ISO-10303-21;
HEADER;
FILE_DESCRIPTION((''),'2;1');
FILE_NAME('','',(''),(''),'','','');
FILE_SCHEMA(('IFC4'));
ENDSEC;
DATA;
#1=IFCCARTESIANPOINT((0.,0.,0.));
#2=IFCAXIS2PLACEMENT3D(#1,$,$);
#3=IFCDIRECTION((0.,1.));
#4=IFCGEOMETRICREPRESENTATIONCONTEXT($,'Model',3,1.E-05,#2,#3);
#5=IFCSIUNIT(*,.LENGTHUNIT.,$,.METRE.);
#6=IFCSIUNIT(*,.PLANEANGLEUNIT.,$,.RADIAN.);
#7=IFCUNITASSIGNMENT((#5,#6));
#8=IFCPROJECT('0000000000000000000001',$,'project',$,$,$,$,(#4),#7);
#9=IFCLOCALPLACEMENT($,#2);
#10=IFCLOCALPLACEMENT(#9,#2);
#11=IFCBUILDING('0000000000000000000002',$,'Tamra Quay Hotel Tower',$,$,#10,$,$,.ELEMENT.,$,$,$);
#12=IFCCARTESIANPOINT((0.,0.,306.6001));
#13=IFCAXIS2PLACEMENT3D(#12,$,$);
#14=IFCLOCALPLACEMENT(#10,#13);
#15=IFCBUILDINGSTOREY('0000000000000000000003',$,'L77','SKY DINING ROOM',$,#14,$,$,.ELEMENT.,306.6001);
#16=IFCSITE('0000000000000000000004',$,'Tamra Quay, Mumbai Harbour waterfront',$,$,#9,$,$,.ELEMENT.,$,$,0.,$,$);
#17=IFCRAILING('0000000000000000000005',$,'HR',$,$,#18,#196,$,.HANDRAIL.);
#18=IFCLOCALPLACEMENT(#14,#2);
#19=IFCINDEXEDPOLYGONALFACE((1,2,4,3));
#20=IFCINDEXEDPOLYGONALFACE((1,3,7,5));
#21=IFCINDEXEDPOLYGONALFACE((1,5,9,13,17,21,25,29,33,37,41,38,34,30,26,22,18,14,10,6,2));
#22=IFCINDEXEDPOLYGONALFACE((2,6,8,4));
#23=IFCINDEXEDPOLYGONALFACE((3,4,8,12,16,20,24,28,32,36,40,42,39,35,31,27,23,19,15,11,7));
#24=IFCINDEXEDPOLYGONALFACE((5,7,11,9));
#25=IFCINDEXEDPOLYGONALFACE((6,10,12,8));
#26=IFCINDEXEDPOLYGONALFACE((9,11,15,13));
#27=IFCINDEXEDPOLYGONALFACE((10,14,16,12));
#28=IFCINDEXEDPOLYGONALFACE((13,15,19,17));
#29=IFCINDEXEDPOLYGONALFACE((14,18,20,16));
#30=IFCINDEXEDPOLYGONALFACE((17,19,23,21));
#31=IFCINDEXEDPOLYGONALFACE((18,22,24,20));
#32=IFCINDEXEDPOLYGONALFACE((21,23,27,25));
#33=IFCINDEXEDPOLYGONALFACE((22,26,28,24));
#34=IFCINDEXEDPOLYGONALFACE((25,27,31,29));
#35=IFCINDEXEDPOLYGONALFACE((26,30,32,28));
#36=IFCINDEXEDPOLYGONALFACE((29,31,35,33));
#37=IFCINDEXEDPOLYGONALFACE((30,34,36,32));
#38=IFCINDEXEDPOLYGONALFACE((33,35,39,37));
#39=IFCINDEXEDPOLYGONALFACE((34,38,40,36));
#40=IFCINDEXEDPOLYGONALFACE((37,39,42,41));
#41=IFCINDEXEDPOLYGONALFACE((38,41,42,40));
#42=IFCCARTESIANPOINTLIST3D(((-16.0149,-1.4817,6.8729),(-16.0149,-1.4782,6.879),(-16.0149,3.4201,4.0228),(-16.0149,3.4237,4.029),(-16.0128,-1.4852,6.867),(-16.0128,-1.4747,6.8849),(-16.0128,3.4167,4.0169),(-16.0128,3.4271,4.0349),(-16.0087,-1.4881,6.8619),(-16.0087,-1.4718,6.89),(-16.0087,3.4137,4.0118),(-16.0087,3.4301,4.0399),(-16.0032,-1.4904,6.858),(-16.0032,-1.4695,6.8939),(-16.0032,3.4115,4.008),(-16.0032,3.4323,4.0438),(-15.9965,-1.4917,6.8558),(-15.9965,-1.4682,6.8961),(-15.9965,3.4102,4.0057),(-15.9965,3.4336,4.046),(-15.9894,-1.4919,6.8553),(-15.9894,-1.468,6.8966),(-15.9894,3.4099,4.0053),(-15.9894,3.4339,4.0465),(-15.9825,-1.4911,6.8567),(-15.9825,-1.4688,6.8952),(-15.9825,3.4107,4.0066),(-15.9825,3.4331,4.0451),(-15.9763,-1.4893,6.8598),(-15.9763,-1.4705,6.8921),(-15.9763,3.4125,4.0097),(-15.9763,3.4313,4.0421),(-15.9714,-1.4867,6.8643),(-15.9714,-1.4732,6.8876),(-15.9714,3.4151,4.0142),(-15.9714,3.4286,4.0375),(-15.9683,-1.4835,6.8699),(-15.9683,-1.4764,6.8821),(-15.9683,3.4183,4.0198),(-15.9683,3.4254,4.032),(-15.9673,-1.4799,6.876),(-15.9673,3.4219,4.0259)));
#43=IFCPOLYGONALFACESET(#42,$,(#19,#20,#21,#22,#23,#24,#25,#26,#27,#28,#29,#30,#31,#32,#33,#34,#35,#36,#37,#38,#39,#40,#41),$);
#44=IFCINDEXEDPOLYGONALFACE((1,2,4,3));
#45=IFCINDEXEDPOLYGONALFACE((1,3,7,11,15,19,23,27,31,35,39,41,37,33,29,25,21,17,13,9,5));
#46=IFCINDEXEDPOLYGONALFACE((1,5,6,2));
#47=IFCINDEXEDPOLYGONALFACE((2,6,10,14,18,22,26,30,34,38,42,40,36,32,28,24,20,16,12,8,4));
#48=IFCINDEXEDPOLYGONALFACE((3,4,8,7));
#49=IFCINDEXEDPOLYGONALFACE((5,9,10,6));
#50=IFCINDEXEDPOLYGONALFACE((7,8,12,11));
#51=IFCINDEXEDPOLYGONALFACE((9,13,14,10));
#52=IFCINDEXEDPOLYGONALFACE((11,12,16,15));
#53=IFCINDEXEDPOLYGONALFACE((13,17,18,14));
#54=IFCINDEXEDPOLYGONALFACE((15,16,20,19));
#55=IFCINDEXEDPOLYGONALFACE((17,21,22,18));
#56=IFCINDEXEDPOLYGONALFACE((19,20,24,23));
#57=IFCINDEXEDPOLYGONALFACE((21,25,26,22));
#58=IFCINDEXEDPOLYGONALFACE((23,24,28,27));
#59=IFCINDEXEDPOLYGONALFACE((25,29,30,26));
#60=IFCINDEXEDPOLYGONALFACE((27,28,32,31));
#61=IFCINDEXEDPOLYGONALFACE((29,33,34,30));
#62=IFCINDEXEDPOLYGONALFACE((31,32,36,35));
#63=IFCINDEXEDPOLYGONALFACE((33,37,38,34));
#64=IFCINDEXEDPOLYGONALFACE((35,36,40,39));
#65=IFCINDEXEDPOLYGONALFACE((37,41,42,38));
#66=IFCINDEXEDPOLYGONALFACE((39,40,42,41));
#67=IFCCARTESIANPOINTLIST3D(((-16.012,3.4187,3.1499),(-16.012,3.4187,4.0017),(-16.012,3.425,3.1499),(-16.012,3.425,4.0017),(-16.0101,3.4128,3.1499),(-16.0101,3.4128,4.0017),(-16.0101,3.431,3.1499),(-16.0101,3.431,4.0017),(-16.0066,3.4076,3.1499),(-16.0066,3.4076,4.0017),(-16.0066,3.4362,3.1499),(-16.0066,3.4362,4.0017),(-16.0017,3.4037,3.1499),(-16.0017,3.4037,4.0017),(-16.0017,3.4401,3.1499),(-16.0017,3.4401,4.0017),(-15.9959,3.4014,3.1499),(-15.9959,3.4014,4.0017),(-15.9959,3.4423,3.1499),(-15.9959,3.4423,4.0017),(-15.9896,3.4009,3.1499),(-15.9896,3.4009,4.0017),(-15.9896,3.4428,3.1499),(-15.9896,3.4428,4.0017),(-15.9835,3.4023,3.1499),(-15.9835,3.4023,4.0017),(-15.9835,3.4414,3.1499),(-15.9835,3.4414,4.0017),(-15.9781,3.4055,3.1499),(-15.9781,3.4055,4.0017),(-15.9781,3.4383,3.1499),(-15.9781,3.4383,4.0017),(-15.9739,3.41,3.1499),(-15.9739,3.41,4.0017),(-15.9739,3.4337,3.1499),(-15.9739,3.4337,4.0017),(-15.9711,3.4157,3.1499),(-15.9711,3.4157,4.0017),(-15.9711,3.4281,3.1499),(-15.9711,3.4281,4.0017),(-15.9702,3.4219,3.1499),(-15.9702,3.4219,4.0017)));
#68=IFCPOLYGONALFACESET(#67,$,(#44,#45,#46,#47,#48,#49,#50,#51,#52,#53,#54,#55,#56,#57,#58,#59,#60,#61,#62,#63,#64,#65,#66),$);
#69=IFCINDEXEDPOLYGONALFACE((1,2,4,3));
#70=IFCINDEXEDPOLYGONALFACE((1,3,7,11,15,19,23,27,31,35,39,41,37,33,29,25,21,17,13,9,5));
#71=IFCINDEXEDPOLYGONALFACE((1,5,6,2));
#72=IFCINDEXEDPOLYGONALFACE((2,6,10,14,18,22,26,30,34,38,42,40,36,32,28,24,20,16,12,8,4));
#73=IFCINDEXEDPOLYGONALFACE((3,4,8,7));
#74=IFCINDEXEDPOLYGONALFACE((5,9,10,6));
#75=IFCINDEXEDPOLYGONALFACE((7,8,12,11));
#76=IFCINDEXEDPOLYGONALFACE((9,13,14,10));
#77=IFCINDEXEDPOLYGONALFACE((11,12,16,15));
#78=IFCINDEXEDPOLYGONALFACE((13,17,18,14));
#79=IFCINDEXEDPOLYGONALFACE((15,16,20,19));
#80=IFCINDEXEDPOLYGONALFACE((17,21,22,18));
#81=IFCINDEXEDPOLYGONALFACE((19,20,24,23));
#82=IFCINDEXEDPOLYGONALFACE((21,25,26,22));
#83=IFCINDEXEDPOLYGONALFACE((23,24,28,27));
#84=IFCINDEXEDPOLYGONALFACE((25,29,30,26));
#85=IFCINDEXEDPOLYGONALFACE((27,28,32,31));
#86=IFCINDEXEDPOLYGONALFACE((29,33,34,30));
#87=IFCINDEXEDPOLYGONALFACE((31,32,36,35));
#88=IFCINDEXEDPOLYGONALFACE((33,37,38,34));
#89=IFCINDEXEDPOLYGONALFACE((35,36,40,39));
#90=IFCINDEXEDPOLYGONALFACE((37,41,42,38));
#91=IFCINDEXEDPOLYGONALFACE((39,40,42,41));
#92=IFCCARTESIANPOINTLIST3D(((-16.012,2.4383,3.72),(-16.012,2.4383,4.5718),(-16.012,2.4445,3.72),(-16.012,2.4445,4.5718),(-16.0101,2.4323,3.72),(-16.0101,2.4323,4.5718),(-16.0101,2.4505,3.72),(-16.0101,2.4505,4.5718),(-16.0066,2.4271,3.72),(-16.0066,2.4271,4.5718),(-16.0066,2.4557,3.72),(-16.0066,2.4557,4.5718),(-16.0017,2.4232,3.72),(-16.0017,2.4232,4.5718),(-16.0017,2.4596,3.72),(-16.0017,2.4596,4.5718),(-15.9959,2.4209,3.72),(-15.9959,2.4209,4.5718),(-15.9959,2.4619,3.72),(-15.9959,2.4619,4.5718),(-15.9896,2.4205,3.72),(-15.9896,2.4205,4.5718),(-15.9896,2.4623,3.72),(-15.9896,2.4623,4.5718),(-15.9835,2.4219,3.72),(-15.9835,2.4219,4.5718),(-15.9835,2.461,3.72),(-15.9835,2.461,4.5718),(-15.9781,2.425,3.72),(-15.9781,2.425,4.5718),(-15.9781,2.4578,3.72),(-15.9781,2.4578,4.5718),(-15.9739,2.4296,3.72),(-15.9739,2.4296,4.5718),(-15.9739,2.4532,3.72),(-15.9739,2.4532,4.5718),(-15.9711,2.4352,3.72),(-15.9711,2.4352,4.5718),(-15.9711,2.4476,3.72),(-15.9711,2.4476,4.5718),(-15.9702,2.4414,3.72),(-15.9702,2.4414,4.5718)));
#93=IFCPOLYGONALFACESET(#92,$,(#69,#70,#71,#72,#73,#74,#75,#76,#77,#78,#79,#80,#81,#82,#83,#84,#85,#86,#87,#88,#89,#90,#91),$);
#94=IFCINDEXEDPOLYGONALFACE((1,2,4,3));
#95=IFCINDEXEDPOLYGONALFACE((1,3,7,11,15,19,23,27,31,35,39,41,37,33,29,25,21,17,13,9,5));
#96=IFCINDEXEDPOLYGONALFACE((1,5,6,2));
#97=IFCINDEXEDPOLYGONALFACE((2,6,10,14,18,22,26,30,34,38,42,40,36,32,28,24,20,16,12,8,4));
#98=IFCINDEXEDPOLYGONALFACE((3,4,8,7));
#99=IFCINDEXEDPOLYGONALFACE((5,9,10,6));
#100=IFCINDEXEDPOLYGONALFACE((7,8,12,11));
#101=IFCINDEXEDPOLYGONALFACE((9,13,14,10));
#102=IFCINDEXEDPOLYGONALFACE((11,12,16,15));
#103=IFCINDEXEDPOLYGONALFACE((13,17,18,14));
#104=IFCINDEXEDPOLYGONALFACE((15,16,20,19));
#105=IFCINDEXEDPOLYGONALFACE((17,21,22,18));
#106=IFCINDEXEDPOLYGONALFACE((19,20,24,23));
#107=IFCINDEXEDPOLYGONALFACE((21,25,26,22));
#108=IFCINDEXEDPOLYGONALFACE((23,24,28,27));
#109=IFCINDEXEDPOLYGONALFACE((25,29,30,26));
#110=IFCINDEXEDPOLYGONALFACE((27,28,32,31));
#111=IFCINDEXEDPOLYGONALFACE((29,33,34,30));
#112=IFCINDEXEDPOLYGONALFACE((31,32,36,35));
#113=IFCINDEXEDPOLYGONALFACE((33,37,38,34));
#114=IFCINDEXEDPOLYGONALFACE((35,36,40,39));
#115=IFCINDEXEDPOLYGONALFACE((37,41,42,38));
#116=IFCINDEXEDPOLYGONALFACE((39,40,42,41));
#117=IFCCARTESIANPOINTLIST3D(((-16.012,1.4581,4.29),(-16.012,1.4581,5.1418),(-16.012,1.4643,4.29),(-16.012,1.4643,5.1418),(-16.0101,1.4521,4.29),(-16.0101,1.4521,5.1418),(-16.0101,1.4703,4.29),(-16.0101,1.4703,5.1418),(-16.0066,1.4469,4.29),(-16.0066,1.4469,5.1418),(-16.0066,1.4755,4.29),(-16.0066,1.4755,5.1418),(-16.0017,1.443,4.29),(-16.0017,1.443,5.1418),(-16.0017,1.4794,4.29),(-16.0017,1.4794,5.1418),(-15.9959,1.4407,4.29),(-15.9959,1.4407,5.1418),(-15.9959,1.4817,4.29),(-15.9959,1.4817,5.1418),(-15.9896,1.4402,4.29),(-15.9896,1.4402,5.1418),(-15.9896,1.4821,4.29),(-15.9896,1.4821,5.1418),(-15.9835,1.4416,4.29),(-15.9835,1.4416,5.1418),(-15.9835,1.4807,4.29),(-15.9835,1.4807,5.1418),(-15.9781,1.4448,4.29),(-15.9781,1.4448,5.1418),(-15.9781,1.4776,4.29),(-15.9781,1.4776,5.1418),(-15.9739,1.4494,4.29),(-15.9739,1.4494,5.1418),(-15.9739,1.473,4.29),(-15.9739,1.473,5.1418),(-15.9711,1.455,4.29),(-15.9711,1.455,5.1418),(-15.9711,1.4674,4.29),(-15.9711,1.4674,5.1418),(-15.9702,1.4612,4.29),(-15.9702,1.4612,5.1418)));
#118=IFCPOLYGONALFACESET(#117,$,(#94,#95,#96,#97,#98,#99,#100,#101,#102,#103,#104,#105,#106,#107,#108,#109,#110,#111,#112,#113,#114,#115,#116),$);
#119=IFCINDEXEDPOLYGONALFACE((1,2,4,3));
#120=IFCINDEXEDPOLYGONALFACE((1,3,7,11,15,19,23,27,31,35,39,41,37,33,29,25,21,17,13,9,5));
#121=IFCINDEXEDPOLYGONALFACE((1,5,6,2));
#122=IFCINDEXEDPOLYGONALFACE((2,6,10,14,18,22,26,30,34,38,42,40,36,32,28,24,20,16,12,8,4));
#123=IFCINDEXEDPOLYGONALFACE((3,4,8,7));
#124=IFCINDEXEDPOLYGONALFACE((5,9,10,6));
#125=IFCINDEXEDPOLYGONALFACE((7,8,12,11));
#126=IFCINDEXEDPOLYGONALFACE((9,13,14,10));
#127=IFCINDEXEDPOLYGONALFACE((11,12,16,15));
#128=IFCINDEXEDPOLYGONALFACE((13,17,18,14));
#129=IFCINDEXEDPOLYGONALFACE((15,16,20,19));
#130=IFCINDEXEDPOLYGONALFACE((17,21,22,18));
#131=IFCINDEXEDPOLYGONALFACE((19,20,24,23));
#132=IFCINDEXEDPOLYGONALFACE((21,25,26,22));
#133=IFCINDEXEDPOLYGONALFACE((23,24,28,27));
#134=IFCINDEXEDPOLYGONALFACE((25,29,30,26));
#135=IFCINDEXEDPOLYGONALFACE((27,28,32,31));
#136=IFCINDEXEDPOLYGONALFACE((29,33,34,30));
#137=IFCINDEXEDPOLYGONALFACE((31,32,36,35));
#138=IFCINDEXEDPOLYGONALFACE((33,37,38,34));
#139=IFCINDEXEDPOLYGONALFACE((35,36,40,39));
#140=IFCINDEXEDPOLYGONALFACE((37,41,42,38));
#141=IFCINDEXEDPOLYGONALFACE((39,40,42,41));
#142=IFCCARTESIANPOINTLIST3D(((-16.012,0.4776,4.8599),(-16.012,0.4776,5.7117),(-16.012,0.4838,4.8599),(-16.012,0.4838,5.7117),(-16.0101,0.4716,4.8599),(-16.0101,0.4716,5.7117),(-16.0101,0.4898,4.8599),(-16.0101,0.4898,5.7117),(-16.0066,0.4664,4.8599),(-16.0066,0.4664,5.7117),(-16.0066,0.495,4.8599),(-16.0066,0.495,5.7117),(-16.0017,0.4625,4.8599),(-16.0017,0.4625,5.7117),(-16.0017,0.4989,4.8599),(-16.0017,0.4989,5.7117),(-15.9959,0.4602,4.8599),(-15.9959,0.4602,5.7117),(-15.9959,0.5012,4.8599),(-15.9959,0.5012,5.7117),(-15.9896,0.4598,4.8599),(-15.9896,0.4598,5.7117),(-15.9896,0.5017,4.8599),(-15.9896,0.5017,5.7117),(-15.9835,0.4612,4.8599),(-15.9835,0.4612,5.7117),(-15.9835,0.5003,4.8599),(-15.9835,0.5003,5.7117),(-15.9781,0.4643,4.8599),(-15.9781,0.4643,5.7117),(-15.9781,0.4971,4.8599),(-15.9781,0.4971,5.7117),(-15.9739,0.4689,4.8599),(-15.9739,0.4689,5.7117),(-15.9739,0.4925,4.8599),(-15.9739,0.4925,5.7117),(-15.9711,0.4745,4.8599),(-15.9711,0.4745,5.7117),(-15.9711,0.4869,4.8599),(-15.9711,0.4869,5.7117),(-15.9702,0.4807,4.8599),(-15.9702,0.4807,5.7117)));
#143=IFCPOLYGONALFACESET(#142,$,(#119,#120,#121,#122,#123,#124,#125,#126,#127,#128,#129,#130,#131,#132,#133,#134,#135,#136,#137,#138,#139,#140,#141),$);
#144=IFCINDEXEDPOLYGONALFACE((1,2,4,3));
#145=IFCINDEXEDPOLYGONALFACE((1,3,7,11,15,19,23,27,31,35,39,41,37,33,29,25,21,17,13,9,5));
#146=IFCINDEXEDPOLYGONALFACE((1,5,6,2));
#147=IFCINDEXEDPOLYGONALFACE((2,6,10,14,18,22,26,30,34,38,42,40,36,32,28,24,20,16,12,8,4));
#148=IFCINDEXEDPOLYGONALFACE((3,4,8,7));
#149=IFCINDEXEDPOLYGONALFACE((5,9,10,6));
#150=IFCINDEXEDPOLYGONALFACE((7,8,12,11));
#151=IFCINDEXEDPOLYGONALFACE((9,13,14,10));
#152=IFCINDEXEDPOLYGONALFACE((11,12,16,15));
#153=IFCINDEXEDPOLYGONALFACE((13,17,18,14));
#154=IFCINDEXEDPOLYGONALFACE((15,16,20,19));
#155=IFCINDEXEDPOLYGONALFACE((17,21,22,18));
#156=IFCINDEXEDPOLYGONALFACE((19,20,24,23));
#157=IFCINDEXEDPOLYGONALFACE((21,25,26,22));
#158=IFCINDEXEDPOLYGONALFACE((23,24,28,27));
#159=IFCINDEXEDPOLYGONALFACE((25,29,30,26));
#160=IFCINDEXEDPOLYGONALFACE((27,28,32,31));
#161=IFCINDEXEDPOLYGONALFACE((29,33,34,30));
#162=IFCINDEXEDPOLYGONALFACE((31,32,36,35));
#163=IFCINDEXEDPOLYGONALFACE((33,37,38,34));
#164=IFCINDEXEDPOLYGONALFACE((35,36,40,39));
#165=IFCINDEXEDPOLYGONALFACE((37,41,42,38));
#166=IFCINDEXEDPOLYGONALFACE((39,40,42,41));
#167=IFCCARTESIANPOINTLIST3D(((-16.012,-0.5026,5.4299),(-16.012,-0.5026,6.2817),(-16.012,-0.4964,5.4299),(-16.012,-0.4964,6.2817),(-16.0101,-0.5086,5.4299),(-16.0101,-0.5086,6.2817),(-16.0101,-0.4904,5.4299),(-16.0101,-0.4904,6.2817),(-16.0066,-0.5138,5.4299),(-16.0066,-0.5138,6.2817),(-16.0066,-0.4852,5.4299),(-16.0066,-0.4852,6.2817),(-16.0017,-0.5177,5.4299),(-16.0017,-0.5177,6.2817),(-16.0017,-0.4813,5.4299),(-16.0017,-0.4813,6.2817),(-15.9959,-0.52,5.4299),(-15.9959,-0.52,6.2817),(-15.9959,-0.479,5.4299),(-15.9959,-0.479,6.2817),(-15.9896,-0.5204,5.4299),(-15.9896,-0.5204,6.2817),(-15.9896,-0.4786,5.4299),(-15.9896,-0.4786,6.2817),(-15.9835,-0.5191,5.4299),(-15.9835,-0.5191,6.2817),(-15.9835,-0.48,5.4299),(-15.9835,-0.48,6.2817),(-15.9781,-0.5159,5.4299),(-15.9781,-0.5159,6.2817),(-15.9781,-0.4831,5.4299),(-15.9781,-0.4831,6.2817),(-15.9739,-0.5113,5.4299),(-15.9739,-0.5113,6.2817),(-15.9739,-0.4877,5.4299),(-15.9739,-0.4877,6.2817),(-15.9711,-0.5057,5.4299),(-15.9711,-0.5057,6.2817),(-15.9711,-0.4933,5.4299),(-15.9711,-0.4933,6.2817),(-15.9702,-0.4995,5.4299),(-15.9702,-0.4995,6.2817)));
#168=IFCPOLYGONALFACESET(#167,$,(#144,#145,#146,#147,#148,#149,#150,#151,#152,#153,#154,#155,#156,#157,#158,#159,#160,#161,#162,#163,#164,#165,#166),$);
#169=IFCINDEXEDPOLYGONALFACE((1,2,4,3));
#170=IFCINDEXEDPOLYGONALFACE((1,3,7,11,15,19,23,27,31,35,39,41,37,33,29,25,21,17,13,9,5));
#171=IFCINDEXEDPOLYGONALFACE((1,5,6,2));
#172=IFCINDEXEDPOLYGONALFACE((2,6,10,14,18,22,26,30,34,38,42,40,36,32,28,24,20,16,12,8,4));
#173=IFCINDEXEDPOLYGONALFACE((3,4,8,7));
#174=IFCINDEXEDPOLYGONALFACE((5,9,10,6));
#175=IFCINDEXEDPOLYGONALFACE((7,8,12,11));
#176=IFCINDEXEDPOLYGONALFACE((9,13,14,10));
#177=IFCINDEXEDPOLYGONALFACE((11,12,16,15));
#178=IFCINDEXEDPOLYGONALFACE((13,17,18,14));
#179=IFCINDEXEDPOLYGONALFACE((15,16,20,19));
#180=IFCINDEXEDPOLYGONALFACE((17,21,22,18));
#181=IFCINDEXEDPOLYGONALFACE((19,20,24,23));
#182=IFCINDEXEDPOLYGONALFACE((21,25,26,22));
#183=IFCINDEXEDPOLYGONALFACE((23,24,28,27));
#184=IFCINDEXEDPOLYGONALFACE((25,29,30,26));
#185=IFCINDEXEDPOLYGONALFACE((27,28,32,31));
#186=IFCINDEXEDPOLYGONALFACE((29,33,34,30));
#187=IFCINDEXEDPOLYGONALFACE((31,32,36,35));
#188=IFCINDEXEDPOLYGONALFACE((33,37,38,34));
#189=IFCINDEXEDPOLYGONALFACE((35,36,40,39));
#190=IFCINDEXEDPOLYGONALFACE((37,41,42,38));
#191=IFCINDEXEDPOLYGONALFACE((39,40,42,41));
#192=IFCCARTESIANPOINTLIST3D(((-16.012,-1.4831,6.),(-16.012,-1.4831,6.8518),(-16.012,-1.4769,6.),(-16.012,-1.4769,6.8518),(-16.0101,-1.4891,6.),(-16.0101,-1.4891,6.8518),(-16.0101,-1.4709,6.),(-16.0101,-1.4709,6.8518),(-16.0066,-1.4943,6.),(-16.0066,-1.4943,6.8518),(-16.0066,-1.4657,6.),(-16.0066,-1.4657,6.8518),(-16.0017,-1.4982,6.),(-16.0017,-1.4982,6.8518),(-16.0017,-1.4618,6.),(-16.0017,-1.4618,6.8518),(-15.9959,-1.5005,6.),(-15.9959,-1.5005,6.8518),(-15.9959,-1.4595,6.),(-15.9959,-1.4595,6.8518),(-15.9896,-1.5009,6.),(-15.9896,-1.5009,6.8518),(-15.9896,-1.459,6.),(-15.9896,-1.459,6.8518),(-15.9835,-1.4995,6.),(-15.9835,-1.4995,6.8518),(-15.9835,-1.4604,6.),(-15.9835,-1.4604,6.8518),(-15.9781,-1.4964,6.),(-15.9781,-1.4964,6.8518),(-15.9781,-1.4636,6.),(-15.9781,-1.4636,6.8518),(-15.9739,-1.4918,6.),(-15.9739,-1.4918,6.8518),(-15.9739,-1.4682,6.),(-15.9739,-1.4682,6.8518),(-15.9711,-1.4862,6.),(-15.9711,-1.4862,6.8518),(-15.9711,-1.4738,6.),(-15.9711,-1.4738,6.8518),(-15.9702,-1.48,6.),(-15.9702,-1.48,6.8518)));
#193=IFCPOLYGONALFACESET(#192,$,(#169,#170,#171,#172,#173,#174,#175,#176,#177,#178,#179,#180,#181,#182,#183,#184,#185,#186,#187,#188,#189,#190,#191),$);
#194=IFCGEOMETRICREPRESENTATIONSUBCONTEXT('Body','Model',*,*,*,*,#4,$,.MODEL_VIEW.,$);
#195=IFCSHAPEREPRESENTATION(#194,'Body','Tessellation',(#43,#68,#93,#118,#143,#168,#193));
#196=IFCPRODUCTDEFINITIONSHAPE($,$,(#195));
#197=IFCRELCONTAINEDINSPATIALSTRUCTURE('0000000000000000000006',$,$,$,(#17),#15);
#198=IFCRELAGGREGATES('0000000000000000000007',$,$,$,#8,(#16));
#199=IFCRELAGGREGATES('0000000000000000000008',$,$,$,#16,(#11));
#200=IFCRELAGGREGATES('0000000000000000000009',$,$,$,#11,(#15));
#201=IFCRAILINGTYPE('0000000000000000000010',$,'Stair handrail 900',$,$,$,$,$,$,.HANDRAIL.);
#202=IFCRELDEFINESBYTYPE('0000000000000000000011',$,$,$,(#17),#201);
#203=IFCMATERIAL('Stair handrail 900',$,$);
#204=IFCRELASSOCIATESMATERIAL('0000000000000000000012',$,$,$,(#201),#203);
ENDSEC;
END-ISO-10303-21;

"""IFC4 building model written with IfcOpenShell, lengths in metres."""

from ifc_helpers import new_model, si_unit, direction, frame, origin, origin_2d, place, context, subcontext, project, spatial, circle, extrude, material, type_object, element, save


model = new_model("IFC4")

# Units and contexts
model_context = context("Model", 3, precision=1e-05, world=origin(), true_north=direction((0.0, 1.0)))
body_context = subcontext(model_context, "Body", "Model", "MODEL_VIEW")
ifc_project = project(units=[si_unit("LENGTHUNIT", "METRE"), si_unit("PLANEANGLEUNIT", "RADIAN")], contexts=[model_context])

# Site, building, storey
site_placement = place(None, origin())
site = spatial("IfcSite", under=ifc_project, at=site_placement, Name="Tamra Quay, Mumbai Harbour waterfront", CompositionType="ELEMENT", RefElevation=0.0)
building_placement = place(site_placement, origin())
building = spatial("IfcBuilding", under=site, at=building_placement, Name="Tamra Quay Hotel Tower", CompositionType="ELEMENT")
storey_placement = place(building_placement, frame((0.0, 0.0, 306.6001)))
storey = spatial("IfcBuildingStorey", under=building, at=storey_placement, Name="L77", Description="SKY DINING ROOM", CompositionType="ELEMENT", Elevation=306.6001)

# Railing
ifc_material_1 = material(Name="Stair handrail 900")
railing_type = type_object("IfcRailingType", Name="Stair handrail 900", PredefinedType="HANDRAIL", material=ifc_material_1)
railing_placement = place(storey_placement, frame((-15.9912, 3.4219, 3.1499)))
element("IfcRailing", 1, at=railing_placement, inside=storey, type_object=railing_type, Name="HR", PredefinedType="HANDRAIL", context=body_context, shape_type="SweptSolid", body=[
    extrude(circle(Radius=0.0239, at=origin_2d()), frame((0.0, 0.0, 0.876), z_axis=(0.0, -0.864493, 0.502644), x_axis=(1.0, 0.0, 0.0)), (0.0, 0.0, 1.0), 5.6702),
    extrude(circle(Radius=0.021, at=origin_2d()), origin(), (0.0, 0.0, 1.0), 0.8518),
    extrude(circle(Radius=0.021, at=origin_2d()), frame((0.0, -0.9805, 0.5701)), (0.0, 0.0, 1.0), 0.8518),
    extrude(circle(Radius=0.021, at=origin_2d()), frame((0.0, -1.9607, 1.1401)), (0.0, 0.0, 1.0), 0.8518),
    extrude(circle(Radius=0.021, at=origin_2d()), frame((0.0, -2.9412, 1.71)), (0.0, 0.0, 1.0), 0.8518),
    extrude(circle(Radius=0.021, at=origin_2d()), frame((0.0, -3.9214, 2.28)), (0.0, 0.0, 1.0), 0.8518),
    extrude(circle(Radius=0.021, at=origin_2d()), frame((0.0, -4.9019, 2.8501)), (0.0, 0.0, 1.0), 0.8518),
])

save(model, "model.ifc")
